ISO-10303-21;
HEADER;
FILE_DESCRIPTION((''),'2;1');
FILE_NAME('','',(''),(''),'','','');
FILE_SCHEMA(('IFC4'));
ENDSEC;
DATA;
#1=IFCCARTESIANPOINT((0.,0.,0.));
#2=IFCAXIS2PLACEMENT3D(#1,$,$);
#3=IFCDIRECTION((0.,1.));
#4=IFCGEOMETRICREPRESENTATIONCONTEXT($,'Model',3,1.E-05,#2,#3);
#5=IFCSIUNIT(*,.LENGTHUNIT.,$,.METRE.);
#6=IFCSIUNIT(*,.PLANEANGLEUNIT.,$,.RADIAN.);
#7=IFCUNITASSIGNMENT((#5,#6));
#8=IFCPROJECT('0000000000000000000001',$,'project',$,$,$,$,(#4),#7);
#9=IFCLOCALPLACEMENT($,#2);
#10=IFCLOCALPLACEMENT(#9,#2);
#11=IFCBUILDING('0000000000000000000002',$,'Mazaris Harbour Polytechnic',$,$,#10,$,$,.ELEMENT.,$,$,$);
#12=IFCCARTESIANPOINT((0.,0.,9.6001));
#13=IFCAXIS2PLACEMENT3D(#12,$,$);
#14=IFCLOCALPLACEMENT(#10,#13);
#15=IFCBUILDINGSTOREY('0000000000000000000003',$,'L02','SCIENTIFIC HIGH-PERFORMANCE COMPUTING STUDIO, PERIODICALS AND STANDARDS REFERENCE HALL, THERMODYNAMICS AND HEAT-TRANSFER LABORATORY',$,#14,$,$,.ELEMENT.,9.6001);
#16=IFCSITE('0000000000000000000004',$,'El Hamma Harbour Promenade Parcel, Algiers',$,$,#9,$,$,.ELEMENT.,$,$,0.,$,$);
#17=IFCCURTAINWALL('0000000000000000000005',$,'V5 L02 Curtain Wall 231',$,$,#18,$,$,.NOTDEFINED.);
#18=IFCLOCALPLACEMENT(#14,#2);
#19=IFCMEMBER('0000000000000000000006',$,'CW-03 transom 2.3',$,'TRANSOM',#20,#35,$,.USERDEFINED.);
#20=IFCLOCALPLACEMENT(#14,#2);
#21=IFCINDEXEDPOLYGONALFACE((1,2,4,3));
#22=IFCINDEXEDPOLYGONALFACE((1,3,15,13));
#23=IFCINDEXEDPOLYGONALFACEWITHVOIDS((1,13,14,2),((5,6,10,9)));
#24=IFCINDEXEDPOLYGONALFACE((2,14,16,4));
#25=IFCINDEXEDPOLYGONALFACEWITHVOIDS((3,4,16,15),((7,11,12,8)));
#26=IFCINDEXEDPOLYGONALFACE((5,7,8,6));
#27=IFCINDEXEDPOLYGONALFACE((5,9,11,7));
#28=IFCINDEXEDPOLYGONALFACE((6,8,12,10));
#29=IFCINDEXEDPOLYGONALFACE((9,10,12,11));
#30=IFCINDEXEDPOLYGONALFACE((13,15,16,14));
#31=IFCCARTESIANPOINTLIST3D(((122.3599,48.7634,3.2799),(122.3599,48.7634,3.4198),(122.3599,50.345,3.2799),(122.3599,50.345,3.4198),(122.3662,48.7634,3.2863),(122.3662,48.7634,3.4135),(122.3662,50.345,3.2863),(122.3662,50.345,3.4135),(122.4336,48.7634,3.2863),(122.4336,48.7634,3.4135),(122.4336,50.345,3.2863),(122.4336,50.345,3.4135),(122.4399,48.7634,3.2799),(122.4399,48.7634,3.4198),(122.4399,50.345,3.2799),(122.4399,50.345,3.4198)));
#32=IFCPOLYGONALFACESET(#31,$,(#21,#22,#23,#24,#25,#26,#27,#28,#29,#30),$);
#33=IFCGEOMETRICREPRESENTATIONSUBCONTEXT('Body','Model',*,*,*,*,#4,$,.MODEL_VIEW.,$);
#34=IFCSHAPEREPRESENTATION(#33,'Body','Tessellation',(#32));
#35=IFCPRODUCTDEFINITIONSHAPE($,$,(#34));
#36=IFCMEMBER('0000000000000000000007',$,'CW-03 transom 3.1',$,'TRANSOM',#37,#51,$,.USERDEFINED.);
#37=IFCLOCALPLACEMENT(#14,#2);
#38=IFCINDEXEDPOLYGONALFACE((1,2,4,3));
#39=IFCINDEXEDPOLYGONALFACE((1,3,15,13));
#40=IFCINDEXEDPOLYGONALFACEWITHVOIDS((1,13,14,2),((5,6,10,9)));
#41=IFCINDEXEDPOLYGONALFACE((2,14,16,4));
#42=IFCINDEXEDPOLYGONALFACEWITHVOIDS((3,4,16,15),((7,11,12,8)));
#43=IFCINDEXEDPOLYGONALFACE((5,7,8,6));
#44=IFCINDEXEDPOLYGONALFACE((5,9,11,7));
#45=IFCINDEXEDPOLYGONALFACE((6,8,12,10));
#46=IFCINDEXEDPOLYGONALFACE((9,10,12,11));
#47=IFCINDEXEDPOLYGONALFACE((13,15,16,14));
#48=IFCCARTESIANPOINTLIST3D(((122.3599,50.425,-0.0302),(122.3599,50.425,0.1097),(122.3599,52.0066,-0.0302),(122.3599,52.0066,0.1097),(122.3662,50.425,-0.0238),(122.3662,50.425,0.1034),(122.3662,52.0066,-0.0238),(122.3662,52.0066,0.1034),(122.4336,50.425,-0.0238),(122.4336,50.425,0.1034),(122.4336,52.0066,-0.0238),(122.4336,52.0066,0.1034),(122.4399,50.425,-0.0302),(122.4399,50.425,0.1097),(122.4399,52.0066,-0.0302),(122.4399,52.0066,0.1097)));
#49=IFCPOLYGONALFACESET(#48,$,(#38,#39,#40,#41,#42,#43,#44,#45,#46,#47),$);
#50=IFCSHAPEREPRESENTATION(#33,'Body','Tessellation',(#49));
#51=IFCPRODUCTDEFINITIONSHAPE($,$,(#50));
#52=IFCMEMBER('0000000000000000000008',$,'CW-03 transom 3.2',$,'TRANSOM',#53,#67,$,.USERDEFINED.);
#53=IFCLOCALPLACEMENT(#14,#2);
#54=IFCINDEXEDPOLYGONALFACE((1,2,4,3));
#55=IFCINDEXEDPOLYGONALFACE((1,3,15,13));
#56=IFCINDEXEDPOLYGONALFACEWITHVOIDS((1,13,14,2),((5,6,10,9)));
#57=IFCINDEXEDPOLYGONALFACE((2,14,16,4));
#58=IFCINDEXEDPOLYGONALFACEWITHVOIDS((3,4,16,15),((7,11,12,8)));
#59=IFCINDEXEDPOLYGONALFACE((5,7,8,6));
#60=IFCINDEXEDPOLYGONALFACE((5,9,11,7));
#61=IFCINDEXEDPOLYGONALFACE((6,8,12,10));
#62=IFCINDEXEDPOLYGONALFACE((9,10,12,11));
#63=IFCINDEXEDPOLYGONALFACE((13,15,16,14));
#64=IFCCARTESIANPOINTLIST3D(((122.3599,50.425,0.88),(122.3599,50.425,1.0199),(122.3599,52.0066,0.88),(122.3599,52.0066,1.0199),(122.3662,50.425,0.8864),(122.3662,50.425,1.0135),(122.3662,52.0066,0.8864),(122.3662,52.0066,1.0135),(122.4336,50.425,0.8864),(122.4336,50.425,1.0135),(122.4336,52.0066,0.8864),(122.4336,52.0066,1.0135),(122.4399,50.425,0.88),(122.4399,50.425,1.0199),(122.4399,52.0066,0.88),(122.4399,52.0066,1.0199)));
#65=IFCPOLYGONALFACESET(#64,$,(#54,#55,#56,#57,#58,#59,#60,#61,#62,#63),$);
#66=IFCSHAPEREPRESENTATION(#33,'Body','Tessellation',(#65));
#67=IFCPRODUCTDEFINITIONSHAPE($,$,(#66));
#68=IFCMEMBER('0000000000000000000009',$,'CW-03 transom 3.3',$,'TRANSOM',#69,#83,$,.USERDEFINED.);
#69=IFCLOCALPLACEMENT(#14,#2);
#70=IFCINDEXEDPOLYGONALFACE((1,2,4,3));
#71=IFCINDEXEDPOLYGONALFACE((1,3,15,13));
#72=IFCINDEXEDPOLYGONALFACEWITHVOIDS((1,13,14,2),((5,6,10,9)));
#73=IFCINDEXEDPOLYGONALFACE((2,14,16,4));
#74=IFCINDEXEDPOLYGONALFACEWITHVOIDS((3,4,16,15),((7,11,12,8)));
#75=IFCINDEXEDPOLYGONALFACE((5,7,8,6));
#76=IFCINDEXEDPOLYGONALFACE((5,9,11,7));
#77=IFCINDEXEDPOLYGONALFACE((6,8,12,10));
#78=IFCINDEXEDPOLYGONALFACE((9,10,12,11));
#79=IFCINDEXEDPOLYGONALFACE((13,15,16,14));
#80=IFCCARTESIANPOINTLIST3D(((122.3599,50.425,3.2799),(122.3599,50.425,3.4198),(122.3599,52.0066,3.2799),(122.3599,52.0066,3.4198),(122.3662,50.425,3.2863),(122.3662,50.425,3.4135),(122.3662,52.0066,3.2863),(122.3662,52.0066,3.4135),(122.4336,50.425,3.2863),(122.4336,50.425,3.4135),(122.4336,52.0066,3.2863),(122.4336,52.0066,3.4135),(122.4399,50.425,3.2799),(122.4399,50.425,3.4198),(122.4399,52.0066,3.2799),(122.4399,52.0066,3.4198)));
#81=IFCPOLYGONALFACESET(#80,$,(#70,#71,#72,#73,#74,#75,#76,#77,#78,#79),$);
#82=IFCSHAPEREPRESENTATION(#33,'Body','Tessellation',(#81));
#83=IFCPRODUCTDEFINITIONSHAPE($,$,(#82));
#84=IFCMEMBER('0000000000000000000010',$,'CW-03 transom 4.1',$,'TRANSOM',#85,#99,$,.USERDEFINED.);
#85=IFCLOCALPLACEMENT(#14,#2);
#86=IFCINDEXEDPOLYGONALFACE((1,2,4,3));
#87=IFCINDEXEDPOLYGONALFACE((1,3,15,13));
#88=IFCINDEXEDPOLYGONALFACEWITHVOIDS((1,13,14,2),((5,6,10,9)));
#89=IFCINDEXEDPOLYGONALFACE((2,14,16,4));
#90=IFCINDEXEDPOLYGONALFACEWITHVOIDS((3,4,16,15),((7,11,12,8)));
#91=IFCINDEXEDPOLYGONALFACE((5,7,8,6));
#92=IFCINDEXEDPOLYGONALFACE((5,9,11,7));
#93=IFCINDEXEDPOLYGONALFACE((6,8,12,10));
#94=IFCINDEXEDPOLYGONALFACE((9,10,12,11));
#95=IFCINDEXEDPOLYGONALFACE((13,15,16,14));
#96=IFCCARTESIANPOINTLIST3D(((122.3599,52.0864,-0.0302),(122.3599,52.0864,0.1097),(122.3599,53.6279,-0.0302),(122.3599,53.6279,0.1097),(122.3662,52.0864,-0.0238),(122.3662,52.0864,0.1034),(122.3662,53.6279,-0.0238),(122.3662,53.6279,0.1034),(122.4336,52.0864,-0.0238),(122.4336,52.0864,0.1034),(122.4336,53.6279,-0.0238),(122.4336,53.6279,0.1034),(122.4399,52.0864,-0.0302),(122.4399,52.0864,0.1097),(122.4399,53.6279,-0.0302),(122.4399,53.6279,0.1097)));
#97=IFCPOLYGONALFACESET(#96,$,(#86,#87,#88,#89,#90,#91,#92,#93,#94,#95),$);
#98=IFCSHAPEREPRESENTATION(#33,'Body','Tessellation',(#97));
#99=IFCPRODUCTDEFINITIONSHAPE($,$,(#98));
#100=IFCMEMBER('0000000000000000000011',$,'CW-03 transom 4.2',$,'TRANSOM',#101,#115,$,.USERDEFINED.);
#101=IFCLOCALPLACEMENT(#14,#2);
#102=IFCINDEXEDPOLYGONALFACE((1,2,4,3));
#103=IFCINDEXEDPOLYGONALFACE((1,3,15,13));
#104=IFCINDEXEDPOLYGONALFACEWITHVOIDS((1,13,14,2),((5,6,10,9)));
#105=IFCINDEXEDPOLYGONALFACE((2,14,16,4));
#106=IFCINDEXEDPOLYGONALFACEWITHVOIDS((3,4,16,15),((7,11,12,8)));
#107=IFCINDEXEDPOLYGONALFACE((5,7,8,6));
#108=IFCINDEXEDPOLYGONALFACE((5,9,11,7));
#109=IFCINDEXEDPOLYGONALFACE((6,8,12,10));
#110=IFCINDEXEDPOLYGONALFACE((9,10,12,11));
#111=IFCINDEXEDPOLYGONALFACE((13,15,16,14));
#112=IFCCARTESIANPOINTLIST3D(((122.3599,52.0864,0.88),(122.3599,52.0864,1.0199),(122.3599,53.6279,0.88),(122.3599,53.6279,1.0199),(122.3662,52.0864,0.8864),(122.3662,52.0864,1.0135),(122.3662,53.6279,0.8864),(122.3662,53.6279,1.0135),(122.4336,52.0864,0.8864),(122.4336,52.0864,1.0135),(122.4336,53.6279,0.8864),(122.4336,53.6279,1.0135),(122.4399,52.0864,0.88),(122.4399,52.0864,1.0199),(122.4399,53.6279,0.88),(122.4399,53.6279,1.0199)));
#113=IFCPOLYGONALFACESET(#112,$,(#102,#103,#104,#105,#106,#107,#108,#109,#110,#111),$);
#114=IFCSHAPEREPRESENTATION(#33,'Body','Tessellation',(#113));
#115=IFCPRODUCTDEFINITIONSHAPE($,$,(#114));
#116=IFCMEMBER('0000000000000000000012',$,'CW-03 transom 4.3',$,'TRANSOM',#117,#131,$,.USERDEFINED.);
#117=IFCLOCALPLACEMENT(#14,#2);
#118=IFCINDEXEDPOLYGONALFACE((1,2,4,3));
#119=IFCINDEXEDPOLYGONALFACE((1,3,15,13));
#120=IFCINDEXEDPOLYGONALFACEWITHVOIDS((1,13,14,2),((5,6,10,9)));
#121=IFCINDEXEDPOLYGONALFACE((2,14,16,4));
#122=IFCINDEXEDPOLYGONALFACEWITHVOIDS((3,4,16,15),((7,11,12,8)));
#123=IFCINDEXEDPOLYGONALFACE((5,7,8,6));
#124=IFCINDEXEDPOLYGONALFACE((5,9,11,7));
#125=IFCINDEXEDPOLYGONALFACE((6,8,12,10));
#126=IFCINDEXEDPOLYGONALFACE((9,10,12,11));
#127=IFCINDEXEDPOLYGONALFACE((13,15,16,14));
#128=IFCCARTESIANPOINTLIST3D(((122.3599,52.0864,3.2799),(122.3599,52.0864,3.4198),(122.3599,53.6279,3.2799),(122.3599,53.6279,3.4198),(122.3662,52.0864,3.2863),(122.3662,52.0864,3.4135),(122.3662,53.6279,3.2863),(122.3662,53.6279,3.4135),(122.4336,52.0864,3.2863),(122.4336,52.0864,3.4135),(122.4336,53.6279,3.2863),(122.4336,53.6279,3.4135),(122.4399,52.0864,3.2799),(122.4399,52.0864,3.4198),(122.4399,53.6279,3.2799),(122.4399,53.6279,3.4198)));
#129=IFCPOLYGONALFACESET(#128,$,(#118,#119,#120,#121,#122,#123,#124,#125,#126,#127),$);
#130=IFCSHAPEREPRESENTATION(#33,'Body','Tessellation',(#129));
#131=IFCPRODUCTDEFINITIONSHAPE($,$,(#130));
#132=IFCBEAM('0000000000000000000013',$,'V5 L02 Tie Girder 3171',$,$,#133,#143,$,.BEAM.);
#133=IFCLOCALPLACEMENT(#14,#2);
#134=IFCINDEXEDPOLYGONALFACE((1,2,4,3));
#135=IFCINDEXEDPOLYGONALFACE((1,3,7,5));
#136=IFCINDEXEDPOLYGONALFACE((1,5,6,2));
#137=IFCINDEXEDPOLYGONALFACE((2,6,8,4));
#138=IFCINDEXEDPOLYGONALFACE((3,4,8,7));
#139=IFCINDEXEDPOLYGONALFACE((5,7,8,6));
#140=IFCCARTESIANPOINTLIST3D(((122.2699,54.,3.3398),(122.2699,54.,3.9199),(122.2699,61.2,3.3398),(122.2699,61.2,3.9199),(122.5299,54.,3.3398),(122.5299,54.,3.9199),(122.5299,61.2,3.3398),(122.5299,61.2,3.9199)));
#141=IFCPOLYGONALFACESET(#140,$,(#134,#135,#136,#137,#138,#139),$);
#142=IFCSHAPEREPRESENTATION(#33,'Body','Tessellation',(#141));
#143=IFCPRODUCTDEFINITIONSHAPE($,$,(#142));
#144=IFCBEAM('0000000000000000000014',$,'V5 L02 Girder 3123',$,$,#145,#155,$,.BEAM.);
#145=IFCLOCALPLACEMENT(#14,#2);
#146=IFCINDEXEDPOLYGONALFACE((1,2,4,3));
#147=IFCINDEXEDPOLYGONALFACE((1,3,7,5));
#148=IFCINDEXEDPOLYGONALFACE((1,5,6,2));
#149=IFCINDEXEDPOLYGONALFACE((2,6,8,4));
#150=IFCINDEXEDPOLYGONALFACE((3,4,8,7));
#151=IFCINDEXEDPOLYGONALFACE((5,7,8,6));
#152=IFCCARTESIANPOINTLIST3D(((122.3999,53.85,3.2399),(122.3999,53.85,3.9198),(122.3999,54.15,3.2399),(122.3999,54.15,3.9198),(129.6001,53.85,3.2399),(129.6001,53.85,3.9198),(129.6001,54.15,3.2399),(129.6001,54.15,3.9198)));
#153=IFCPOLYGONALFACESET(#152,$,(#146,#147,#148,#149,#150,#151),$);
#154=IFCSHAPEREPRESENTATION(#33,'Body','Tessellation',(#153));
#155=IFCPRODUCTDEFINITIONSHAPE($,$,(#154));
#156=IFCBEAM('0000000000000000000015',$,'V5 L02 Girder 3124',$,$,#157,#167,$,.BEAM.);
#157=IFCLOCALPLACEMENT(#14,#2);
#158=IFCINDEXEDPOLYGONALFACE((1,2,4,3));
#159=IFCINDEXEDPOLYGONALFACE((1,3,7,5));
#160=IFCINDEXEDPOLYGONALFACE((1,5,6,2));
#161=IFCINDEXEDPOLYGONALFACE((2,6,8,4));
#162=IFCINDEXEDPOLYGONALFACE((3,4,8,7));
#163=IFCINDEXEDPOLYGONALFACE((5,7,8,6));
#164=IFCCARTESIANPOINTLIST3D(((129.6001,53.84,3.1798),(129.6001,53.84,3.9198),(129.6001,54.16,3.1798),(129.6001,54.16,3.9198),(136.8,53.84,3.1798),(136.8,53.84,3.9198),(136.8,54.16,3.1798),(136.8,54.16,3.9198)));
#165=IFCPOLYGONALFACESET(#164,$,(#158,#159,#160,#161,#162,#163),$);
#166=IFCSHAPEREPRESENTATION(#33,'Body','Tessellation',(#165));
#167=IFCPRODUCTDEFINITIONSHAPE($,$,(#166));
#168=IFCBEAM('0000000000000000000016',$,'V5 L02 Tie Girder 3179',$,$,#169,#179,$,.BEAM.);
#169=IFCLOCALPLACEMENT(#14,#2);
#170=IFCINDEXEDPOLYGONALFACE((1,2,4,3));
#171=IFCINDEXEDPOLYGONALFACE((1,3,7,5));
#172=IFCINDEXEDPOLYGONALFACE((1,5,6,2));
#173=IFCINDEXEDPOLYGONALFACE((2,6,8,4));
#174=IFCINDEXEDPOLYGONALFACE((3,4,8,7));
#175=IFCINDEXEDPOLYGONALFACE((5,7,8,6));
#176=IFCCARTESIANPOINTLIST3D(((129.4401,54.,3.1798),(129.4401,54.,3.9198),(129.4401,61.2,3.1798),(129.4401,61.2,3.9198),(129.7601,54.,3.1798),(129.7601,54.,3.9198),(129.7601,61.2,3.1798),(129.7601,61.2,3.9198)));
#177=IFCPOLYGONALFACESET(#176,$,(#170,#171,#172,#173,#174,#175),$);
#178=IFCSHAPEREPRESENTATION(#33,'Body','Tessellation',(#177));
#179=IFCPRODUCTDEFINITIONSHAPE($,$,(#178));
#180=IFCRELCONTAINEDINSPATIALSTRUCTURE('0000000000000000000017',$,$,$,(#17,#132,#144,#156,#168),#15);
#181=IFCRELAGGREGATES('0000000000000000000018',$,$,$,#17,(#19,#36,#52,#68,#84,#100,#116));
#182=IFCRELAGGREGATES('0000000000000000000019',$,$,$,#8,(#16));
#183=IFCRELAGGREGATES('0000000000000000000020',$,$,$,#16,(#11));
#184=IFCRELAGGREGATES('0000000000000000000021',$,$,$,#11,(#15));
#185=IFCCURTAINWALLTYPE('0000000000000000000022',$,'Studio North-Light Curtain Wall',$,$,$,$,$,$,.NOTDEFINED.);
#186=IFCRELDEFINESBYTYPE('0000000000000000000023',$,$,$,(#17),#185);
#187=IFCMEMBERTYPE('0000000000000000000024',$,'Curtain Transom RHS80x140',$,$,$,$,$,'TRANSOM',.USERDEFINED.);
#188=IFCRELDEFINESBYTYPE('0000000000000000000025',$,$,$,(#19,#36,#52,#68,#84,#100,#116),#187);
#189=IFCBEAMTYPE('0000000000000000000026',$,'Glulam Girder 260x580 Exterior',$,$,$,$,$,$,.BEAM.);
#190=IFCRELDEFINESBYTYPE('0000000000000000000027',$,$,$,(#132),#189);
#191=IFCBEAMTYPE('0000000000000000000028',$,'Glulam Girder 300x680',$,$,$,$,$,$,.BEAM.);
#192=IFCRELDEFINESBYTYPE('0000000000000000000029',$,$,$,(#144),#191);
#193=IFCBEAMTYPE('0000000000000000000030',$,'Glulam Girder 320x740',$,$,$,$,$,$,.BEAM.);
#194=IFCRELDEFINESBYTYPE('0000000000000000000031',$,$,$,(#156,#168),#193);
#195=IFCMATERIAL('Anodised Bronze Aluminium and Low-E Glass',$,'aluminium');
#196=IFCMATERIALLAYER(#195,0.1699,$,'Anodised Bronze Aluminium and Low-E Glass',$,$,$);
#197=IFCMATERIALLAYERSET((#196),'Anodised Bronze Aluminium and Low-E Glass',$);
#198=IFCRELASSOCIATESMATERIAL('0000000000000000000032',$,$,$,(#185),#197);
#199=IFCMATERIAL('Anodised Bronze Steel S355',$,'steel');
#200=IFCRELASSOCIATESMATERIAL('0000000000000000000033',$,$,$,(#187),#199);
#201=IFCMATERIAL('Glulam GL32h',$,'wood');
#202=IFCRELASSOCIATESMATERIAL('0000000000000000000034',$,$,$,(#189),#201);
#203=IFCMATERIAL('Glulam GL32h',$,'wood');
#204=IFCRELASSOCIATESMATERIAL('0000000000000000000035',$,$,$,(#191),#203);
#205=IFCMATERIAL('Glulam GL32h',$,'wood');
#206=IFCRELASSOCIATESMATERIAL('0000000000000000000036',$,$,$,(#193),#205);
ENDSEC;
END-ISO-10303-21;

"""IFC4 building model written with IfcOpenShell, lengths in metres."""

from ifc_helpers import new_model, si_unit, direction, frame, origin, origin_2d, place, context, subcontext, project, spatial, rectangle, hollow_rectangle, extrude, material, layer, layer_set, material_profile, profile_set, type_object, element, aggregate, save


model = new_model("IFC4")

# Units and contexts
model_context = context("Model", 3, precision=1e-05, world=origin(), true_north=direction((0.0, 1.0)))
body_context = subcontext(model_context, "Body", "Model", "MODEL_VIEW")
ifc_project = project(units=[si_unit("LENGTHUNIT", "METRE"), si_unit("PLANEANGLEUNIT", "RADIAN")], contexts=[model_context])

# Site, building, storey
site_placement = place(None, origin())
site = spatial("IfcSite", under=ifc_project, at=site_placement, Name="El Hamma Harbour Promenade Parcel, Algiers", CompositionType="ELEMENT", RefElevation=0.0)
building_placement = place(site_placement, origin())
building = spatial("IfcBuilding", under=site, at=building_placement, Name="Mazaris Harbour Polytechnic", CompositionType="ELEMENT")
storey_placement = place(building_placement, frame((0.0, 0.0, 9.6001)))
storey = spatial("IfcBuildingStorey", under=building, at=storey_placement, Name="L02", Description="SCIENTIFIC HIGH-PERFORMANCE COMPUTING STUDIO, PERIODICALS AND STANDARDS REFERENCE HALL, THERMODYNAMICS AND HEAT-TRANSFER LABORATORY", CompositionType="ELEMENT", Elevation=9.6001)

# Curtain wall, members
ifc_material_1 = material(Name="Anodised Bronze Aluminium and Low-E Glass", Category="aluminium")
ifc_layer_1 = layer(ifc_material_1, 0.1699, Name="Anodised Bronze Aluminium and Low-E Glass")
ifc_layer_set_1 = layer_set([ifc_layer_1], Name="Anodised Bronze Aluminium and Low-E Glass")
curtain_wall_type = type_object("IfcCurtainWallType", Name="Studio North-Light Curtain Wall", PredefinedType="NOTDEFINED", material=ifc_layer_set_1)
curtain_wall_placement = place(storey_placement, origin())
curtain_wall = element("IfcCurtainWall", 1, at=curtain_wall_placement, inside=storey, type_object=curtain_wall_type, Name="V5 L02 Curtain Wall 231", PredefinedType="NOTDEFINED")
ifc_material_2 = material(Name="Anodised Bronze Steel S355", Category="steel")
ifc_material_profile_1 = material_profile(ifc_material_2, hollow_rectangle(XDim=0.0801, YDim=0.1399, WallThickness=0.0063, at=origin_2d()), Name="RHS 80x140x6.3")
ifc_profile_set_1 = profile_set([ifc_material_profile_1], Name="Anodised Bronze Steel S355")
member_type_1 = type_object("IfcMemberType", Name="Curtain Transom RHS80x140", ElementType="TRANSOM", PredefinedType="USERDEFINED", material=ifc_profile_set_1)
member_1_placement = place(storey_placement, frame((122.3999, 48.7634, 3.3499), z_axis=(0.0, 1.0, 0.0), x_axis=(-1.0, 0.0, 0.0)))
member_1 = element("IfcMember", 2, at=member_1_placement, type_object=member_type_1, Name="CW-03 transom 2.3", ObjectType="TRANSOM", PredefinedType="USERDEFINED", context=body_context, shape_type="SweptSolid", body=[
    extrude(hollow_rectangle(XDim=0.0801, YDim=0.1399, WallThickness=0.0063, at=origin_2d()), origin(), (0.0, 0.0, 1.0), 1.5815),
])
member_2_placement = place(storey_placement, frame((122.3999, 50.425, 0.0398), z_axis=(0.0, 1.0, 0.0), x_axis=(-1.0, 0.0, 0.0)))
member_2 = element("IfcMember", 3, at=member_2_placement, type_object=member_type_1, Name="CW-03 transom 3.1", ObjectType="TRANSOM", PredefinedType="USERDEFINED", context=body_context, shape_type="SweptSolid", body=[
    extrude(hollow_rectangle(XDim=0.0801, YDim=0.1399, WallThickness=0.0063, at=origin_2d()), origin(), (0.0, 0.0, 1.0), 1.5815),
])
member_3_placement = place(storey_placement, frame((122.3999, 50.425, 0.95), z_axis=(0.0, 1.0, 0.0), x_axis=(-1.0, 0.0, 0.0)))
member_3 = element("IfcMember", 4, at=member_3_placement, type_object=member_type_1, Name="CW-03 transom 3.2", ObjectType="TRANSOM", PredefinedType="USERDEFINED", context=body_context, shape_type="SweptSolid", body=[
    extrude(hollow_rectangle(XDim=0.0801, YDim=0.1399, WallThickness=0.0063, at=origin_2d()), origin(), (0.0, 0.0, 1.0), 1.5815),
])
member_4_placement = place(storey_placement, frame((122.3999, 50.425, 3.3499), z_axis=(0.0, 1.0, 0.0), x_axis=(-1.0, 0.0, 0.0)))
member_4 = element("IfcMember", 5, at=member_4_placement, type_object=member_type_1, Name="CW-03 transom 3.3", ObjectType="TRANSOM", PredefinedType="USERDEFINED", context=body_context, shape_type="SweptSolid", body=[
    extrude(hollow_rectangle(XDim=0.0801, YDim=0.1399, WallThickness=0.0063, at=origin_2d()), origin(), (0.0, 0.0, 1.0), 1.5815),
])
member_5_placement = place(storey_placement, frame((122.3999, 52.0864, 0.0398), z_axis=(0.0, 1.0, 0.0), x_axis=(-1.0, 0.0, 0.0)))
member_5 = element("IfcMember", 6, at=member_5_placement, type_object=member_type_1, Name="CW-03 transom 4.1", ObjectType="TRANSOM", PredefinedType="USERDEFINED", context=body_context, shape_type="SweptSolid", body=[
    extrude(hollow_rectangle(XDim=0.0801, YDim=0.1399, WallThickness=0.0063, at=origin_2d()), origin(), (0.0, 0.0, 1.0), 1.5415),
])
member_6_placement = place(storey_placement, frame((122.3999, 52.0864, 0.95), z_axis=(0.0, 1.0, 0.0), x_axis=(-1.0, 0.0, 0.0)))
member_6 = element("IfcMember", 7, at=member_6_placement, type_object=member_type_1, Name="CW-03 transom 4.2", ObjectType="TRANSOM", PredefinedType="USERDEFINED", context=body_context, shape_type="SweptSolid", body=[
    extrude(hollow_rectangle(XDim=0.0801, YDim=0.1399, WallThickness=0.0063, at=origin_2d()), origin(), (0.0, 0.0, 1.0), 1.5415),
])
member_7_placement = place(storey_placement, frame((122.3999, 52.0864, 3.3499), z_axis=(0.0, 1.0, 0.0), x_axis=(-1.0, 0.0, 0.0)))
member_7 = element("IfcMember", 8, at=member_7_placement, type_object=member_type_1, Name="CW-03 transom 4.3", ObjectType="TRANSOM", PredefinedType="USERDEFINED", context=body_context, shape_type="SweptSolid", body=[
    extrude(hollow_rectangle(XDim=0.0801, YDim=0.1399, WallThickness=0.0063, at=origin_2d()), origin(), (0.0, 0.0, 1.0), 1.5415),
])

# Beams
ifc_material_3 = material(Name="Glulam GL32h", Category="wood")
ifc_material_profile_2 = material_profile(ifc_material_3, rectangle(XDim=0.26, YDim=0.5801, at=origin_2d()), Name="RECT260x580")
ifc_profile_set_2 = profile_set([ifc_material_profile_2], Name="Glulam GL32h")
beam_type_1 = type_object("IfcBeamType", Name="Glulam Girder 260x580 Exterior", PredefinedType="BEAM", material=ifc_profile_set_2)
beam_1_placement = place(storey_placement, frame((122.3999, 54.0, 3.6299), z_axis=(0.0, 1.0, 0.0), x_axis=(-1.0, 0.0, 0.0)))
element("IfcBeam", 9, at=beam_1_placement, inside=storey, type_object=beam_type_1, Name="V5 L02 Tie Girder 3171", PredefinedType="BEAM", context=body_context, shape_type="SweptSolid", body=[
    extrude(rectangle(XDim=0.26, YDim=0.5801, at=origin_2d()), origin(), (0.0, 0.0, 1.0), 7.2),
])
ifc_material_4 = material(Name="Glulam GL32h", Category="wood")
ifc_material_profile_3 = material_profile(ifc_material_4, rectangle(XDim=0.3, YDim=0.6799, at=origin_2d()), Name="RECT300x680")
ifc_profile_set_3 = profile_set([ifc_material_profile_3], Name="Glulam GL32h")
beam_type_2 = type_object("IfcBeamType", Name="Glulam Girder 300x680", PredefinedType="BEAM", material=ifc_profile_set_3)
beam_2_placement = place(storey_placement, frame((122.3999, 54.0, 3.5798), z_axis=(1.0, 0.0, 0.0), x_axis=(0.0, 1.0, 0.0)))
element("IfcBeam", 10, at=beam_2_placement, inside=storey, type_object=beam_type_2, Name="V5 L02 Girder 3123", PredefinedType="BEAM", context=body_context, shape_type="SweptSolid", body=[
    extrude(rectangle(XDim=0.3, YDim=0.6799, at=origin_2d()), origin(), (0.0, 0.0, 1.0), 7.2002),
])
ifc_material_5 = material(Name="Glulam GL32h", Category="wood")
ifc_material_profile_4 = material_profile(ifc_material_5, rectangle(XDim=0.3201, YDim=0.74, at=origin_2d()), Name="RECT320x740")
ifc_profile_set_4 = profile_set([ifc_material_profile_4], Name="Glulam GL32h")
beam_type_3 = type_object("IfcBeamType", Name="Glulam Girder 320x740", PredefinedType="BEAM", material=ifc_profile_set_4)
for number, where, z_axis, x_axis, name in (
    (11, (129.6001, 54.0, 3.5498), (1.0, 0.0, 0.0), (0.0, 1.0, 0.0), "V5 L02 Girder 3124"),
    (12, (129.6001, 54.0, 3.5498), (0.0, 1.0, 0.0), (-1.0, 0.0, 0.0), "V5 L02 Tie Girder 3179"),
):
    element("IfcBeam", number, at=place(storey_placement, frame(where, z_axis=z_axis, x_axis=x_axis)), inside=storey, type_object=beam_type_3, Name=name, PredefinedType="BEAM", context=body_context, shape_type="SweptSolid", body=[
        extrude(rectangle(XDim=0.3201, YDim=0.74, at=origin_2d()), origin(), (0.0, 0.0, 1.0), 7.2),
    ])

aggregate(curtain_wall, [member_1, member_2, member_3, member_4, member_5, member_6, member_7])

save(model, "model.ifc")
